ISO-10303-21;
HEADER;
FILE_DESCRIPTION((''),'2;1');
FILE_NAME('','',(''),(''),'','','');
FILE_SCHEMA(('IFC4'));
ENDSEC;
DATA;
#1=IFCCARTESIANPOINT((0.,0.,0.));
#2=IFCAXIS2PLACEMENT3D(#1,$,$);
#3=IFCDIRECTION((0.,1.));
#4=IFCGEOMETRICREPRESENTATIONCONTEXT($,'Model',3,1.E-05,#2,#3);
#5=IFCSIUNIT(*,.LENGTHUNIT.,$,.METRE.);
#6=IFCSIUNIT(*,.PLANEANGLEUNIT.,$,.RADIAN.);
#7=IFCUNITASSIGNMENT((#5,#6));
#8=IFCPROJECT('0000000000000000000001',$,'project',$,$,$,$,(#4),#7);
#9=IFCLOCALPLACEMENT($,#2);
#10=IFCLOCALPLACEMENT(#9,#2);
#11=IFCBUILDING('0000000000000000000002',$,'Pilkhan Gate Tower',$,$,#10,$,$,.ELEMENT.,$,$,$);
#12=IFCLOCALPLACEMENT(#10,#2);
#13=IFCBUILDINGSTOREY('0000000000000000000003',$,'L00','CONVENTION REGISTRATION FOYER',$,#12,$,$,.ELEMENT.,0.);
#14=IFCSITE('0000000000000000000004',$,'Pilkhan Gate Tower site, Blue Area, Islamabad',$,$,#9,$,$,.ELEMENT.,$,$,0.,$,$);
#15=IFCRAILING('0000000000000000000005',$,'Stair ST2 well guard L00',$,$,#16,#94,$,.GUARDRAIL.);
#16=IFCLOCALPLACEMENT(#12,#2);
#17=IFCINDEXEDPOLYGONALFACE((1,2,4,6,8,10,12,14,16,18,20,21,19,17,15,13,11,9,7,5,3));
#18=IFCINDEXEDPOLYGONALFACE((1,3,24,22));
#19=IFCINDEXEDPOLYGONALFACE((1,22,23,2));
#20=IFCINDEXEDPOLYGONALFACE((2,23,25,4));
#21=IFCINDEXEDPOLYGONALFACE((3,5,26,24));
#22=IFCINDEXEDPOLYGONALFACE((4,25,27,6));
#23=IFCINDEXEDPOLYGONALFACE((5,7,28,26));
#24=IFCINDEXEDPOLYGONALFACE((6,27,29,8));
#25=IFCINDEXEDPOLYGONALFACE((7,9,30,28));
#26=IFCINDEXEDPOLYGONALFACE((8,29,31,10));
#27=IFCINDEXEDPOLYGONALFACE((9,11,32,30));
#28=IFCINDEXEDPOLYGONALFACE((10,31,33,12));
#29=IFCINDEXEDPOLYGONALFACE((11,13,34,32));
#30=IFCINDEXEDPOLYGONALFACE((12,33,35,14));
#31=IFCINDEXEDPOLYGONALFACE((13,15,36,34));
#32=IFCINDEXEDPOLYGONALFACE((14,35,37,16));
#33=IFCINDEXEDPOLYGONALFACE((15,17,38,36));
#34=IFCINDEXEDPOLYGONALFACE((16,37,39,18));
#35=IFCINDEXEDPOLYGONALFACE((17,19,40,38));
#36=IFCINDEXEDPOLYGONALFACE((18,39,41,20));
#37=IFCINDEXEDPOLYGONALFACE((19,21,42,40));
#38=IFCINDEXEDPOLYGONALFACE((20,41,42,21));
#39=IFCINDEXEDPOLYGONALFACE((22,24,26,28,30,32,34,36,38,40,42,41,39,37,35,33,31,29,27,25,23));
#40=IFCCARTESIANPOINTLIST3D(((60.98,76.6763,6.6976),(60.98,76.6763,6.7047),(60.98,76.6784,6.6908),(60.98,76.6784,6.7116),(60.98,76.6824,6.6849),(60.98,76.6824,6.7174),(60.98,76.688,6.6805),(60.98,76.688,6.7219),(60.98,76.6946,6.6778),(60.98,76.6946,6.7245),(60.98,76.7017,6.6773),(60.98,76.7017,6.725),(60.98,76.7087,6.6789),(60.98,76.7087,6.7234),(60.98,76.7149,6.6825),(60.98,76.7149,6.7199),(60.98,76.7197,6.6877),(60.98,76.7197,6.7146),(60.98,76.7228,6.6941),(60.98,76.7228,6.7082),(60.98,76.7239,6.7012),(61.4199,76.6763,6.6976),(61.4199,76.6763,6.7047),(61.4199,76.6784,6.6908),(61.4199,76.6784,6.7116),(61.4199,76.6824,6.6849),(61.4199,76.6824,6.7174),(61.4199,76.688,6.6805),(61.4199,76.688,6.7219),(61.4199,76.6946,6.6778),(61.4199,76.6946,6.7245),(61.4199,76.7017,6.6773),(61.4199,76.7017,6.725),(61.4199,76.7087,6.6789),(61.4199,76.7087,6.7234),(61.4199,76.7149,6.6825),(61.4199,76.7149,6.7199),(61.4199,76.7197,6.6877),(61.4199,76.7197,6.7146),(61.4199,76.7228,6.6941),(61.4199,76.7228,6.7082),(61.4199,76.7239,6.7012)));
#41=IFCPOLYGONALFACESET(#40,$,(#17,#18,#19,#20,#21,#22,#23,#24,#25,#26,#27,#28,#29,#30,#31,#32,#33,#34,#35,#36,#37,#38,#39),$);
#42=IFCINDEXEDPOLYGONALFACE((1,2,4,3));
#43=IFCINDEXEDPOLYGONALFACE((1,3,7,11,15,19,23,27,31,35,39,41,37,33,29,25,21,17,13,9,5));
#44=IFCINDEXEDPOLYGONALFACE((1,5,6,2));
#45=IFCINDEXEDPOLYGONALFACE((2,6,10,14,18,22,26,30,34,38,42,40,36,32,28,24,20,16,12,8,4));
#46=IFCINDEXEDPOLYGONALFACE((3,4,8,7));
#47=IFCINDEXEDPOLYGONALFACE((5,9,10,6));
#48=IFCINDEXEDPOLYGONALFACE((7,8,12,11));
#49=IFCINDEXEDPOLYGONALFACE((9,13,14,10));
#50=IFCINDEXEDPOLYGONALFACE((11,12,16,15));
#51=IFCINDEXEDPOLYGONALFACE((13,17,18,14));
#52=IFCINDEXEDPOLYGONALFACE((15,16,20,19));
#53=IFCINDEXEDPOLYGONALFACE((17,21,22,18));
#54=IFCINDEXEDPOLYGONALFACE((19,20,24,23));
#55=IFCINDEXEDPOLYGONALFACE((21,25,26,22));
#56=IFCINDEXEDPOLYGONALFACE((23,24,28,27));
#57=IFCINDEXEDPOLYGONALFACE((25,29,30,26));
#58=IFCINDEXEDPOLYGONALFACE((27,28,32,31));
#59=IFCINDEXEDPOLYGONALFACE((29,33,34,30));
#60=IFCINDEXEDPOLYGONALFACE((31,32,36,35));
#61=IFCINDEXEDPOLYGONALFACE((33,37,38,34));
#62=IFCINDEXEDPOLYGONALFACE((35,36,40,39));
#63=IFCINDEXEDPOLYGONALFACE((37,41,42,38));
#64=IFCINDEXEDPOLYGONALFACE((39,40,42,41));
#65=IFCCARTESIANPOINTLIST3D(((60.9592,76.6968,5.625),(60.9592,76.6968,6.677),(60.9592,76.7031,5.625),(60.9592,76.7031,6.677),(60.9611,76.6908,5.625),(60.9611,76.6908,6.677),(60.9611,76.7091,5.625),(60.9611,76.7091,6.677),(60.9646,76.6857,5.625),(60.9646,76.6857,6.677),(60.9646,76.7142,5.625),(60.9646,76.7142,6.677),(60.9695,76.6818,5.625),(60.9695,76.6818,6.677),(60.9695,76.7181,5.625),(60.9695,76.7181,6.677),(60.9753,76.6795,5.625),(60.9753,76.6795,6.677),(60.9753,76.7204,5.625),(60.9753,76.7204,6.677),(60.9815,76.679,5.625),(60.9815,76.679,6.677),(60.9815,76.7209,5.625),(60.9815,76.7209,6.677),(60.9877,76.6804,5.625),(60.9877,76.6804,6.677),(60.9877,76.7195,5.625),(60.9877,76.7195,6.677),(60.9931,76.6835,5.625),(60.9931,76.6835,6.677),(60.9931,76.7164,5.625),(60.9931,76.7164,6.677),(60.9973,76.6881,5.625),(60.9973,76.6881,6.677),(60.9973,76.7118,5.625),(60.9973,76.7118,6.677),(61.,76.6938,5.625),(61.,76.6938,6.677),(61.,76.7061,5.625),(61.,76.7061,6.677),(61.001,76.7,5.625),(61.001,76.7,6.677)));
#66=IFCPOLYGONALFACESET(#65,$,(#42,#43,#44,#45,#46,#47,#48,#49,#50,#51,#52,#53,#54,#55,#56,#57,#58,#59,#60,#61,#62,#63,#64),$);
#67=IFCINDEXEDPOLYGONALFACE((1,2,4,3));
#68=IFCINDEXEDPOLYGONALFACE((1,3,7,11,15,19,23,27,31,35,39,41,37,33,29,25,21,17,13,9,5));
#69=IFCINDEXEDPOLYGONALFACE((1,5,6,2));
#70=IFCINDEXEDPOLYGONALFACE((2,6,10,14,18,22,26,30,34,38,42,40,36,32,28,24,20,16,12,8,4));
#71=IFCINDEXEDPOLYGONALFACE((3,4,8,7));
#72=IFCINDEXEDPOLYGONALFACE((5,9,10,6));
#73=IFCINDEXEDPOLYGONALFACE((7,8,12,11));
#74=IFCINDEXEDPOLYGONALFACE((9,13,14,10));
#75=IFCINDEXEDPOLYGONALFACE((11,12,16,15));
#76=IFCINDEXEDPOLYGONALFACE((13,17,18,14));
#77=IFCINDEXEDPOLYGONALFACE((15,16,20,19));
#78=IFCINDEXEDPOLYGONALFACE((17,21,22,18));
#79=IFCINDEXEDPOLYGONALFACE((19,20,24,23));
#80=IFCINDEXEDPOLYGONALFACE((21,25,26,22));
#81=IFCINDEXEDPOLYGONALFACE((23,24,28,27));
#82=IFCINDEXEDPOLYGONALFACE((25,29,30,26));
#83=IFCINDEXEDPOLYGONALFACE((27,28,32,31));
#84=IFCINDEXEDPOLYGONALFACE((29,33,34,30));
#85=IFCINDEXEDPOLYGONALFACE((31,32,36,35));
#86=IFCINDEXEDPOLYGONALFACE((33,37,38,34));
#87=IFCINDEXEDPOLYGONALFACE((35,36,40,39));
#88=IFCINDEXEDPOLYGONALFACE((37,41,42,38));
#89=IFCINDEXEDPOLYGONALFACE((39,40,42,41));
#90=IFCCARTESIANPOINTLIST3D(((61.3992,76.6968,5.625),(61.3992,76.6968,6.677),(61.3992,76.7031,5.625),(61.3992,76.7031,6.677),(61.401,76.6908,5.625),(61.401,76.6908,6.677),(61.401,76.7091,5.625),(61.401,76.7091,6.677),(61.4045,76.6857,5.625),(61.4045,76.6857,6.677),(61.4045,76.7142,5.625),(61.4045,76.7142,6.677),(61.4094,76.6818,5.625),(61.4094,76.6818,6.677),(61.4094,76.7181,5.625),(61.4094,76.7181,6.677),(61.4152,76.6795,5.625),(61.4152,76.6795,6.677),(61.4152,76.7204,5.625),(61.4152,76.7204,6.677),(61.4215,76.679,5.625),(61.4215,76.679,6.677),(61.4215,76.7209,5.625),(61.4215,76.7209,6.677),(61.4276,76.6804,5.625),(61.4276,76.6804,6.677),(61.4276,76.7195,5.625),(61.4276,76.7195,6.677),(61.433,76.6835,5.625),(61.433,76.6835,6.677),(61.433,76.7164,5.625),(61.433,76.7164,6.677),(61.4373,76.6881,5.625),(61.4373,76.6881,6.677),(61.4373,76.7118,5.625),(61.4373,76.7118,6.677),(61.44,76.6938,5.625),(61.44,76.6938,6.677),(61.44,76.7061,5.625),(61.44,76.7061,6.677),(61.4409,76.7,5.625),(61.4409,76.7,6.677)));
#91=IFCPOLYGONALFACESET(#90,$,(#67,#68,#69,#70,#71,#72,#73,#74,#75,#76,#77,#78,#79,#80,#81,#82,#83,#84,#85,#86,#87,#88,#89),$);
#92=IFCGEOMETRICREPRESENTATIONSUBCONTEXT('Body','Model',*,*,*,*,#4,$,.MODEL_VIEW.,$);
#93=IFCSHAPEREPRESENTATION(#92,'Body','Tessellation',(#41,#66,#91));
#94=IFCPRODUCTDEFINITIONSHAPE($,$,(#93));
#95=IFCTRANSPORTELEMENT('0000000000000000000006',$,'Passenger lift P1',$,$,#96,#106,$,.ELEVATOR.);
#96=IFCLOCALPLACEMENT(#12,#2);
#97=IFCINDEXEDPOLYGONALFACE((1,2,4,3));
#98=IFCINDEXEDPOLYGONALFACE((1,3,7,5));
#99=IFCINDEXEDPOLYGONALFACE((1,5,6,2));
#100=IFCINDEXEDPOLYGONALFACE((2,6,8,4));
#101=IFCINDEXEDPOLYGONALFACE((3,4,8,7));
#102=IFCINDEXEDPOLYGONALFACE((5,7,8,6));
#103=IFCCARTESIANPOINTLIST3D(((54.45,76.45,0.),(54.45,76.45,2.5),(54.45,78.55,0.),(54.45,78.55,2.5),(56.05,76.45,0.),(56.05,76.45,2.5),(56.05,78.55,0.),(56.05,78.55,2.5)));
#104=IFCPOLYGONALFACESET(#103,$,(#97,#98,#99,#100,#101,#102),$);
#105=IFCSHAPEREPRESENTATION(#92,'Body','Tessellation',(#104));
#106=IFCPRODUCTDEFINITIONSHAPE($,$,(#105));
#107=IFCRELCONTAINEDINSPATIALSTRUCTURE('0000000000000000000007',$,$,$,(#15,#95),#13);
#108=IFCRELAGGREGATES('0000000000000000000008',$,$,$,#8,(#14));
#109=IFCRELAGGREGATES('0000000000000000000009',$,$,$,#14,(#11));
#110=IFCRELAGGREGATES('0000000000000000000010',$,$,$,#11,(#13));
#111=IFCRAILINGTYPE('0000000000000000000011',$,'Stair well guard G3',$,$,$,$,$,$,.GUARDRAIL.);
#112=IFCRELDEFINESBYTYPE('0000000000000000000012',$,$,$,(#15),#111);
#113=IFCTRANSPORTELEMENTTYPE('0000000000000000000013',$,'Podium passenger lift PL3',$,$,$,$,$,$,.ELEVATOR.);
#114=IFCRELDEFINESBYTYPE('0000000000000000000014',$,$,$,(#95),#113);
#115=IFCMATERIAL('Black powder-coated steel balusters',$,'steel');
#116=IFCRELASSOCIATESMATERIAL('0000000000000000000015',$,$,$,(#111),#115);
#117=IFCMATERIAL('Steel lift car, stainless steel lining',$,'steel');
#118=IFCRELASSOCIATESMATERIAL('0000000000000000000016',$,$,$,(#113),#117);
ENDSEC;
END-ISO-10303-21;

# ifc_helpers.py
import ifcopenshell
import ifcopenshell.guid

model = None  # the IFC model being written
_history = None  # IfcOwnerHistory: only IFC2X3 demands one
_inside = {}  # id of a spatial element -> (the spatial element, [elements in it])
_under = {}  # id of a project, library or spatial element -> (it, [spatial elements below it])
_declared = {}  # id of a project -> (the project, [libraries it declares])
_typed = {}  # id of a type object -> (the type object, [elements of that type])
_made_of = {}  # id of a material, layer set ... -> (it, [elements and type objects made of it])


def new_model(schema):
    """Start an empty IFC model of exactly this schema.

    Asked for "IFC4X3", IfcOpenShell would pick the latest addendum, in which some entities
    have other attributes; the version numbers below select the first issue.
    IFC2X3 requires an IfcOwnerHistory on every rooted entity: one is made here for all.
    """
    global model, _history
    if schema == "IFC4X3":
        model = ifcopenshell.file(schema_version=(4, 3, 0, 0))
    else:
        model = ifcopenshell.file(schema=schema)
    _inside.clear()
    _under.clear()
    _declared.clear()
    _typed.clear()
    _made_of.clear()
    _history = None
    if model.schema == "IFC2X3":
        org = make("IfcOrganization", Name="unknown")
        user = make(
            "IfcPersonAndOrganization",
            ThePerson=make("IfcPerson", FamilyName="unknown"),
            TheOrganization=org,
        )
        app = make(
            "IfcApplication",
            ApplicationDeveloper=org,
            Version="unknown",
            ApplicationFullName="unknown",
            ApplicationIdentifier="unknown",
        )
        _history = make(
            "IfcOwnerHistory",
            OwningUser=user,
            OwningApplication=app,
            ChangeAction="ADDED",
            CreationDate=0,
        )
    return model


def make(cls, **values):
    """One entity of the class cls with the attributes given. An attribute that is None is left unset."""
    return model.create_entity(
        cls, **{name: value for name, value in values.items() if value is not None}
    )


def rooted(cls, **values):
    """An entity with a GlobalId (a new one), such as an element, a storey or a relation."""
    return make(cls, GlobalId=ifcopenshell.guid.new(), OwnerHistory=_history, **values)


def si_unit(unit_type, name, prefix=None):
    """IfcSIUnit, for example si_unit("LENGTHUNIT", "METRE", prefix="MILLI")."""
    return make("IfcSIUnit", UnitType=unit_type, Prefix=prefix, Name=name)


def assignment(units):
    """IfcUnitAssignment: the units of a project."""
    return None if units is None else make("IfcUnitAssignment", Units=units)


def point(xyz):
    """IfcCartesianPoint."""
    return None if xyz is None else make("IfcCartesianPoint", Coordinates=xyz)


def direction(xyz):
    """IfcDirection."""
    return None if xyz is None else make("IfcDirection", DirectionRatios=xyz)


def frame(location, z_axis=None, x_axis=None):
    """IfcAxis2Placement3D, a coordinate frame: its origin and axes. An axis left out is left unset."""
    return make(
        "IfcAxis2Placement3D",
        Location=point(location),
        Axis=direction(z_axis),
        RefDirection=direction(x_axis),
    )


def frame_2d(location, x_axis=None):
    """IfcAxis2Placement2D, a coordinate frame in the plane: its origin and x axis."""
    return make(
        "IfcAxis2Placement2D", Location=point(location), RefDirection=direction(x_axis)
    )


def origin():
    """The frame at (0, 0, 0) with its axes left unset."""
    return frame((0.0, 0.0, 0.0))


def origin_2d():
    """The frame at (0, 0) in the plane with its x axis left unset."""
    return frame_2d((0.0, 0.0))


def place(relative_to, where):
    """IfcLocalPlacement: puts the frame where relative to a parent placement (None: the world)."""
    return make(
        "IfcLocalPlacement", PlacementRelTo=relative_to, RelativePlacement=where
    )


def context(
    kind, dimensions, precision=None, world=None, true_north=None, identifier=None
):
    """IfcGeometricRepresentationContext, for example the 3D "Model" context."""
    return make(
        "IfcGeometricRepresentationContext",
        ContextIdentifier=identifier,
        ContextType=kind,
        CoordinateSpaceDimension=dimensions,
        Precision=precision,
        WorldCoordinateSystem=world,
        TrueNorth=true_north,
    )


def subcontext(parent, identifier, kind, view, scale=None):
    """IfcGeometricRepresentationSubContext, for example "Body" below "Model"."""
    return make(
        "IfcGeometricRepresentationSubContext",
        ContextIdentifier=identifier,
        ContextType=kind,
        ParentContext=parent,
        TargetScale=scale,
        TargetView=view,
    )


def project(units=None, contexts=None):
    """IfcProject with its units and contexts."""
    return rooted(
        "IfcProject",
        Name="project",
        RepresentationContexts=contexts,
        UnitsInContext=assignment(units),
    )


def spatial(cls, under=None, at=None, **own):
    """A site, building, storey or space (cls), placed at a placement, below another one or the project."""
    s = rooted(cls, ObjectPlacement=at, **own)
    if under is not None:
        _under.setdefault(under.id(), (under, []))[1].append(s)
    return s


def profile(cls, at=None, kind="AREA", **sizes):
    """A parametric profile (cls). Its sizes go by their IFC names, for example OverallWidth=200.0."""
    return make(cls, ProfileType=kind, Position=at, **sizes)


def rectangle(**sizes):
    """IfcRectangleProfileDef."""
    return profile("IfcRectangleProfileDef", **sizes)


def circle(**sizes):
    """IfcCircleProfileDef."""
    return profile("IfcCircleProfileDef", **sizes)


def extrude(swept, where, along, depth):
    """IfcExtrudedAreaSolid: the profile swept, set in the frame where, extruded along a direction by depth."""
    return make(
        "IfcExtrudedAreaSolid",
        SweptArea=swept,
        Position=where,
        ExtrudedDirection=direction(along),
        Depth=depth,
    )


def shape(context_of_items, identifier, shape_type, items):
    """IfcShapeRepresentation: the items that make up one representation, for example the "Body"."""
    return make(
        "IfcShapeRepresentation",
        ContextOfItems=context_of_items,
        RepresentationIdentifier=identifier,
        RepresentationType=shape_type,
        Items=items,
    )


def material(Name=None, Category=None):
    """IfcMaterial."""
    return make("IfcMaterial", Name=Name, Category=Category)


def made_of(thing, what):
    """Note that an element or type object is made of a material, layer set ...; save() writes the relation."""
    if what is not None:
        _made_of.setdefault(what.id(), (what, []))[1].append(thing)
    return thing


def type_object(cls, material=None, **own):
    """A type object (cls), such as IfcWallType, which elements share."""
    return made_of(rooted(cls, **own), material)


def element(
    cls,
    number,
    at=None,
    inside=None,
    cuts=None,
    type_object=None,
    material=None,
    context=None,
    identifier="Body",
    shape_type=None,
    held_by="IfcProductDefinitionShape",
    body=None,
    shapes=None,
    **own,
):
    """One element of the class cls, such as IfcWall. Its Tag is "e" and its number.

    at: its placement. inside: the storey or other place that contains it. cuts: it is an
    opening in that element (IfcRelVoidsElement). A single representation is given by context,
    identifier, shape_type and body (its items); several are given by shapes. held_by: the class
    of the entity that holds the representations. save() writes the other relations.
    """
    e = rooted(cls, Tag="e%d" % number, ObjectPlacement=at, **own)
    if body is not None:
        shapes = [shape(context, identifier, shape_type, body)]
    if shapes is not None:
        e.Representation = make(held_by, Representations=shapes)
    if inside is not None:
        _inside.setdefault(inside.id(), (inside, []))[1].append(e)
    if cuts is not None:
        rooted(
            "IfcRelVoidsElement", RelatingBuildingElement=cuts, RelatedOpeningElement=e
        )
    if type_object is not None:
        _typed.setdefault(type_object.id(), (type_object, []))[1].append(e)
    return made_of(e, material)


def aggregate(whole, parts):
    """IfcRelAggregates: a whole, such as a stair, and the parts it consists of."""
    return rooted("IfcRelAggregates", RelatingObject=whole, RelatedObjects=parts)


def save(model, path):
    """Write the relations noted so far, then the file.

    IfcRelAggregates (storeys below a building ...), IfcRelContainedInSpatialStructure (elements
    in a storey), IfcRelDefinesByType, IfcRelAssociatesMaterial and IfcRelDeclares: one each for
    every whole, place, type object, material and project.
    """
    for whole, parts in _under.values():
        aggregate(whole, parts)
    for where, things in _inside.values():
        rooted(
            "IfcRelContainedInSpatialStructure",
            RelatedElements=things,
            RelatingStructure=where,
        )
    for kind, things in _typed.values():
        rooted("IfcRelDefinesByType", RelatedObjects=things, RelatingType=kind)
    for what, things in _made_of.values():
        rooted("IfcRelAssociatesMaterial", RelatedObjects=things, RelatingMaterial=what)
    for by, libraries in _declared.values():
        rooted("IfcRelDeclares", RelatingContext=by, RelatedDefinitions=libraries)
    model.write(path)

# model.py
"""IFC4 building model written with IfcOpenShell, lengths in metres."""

from ifc_helpers import new_model, si_unit, direction, frame, origin, origin_2d, place, context, subcontext, project, spatial, rectangle, circle, extrude, material, type_object, element, save


model = new_model("IFC4")

# Units and contexts
model_context = context("Model", 3, precision=1e-05, world=origin(), true_north=direction((0.0, 1.0)))
body_context = subcontext(model_context, "Body", "Model", "MODEL_VIEW")
ifc_project = project(units=[si_unit("LENGTHUNIT", "METRE"), si_unit("PLANEANGLEUNIT", "RADIAN")], contexts=[model_context])

# Site, building, storey
site_placement = place(None, origin())
site = spatial("IfcSite", under=ifc_project, at=site_placement, Name="Pilkhan Gate Tower site, Blue Area, Islamabad", CompositionType="ELEMENT", RefElevation=0.0)
building_placement = place(site_placement, origin())
building = spatial("IfcBuilding", under=site, at=building_placement, Name="Pilkhan Gate Tower", CompositionType="ELEMENT")
storey_placement = place(building_placement, origin())
storey = spatial("IfcBuildingStorey", under=building, at=storey_placement, Name="L00", Description="CONVENTION REGISTRATION FOYER", CompositionType="ELEMENT", Elevation=0.0)

# Railing
ifc_material_1 = material(Name="Black powder-coated steel balusters", Category="steel")
railing_type = type_object("IfcRailingType", Name="Stair well guard G3", PredefinedType="GUARDRAIL", material=ifc_material_1)
for number, where, name in (
    (1, (60.98, 76.7, 5.625), "Stair ST2 well guard L00"),
):
    element("IfcRailing", number, at=place(storey_placement, frame(where)), inside=storey, type_object=railing_type, Name=name, PredefinedType="GUARDRAIL", context=body_context, shape_type="SweptSolid", body=[
        extrude(circle(Radius=0.0239, at=origin_2d()), frame((0.0, 0.0, 1.0762), z_axis=(1.0, 0.0, 0.0), x_axis=(0.0, 1.0, 0.0)), (0.0, 0.0, 1.0), 0.4399),
        extrude(circle(Radius=0.021, at=origin_2d()), origin(), (0.0, 0.0, 1.0), 1.052),
        extrude(circle(Radius=0.021, at=origin_2d()), frame((0.4399, 0.0, 0.0)), (0.0, 0.0, 1.0), 1.052),
    ])

# Transport element
ifc_material_2 = material(Name="Steel lift car, stainless steel lining", Category="steel")
transport_element_type = type_object("IfcTransportElementType", Name="Podium passenger lift PL3", PredefinedType="ELEVATOR", material=ifc_material_2)
transport_element_placement = place(storey_placement, frame((55.25, 77.5, 0.0), z_axis=(0.0, 0.0, 1.0), x_axis=(1.0, 0.0, 0.0)))
element("IfcTransportElement", 2, at=transport_element_placement, inside=storey, type_object=transport_element_type, Name="Passenger lift P1", PredefinedType="ELEVATOR", context=body_context, shape_type="SweptSolid", body=[
    extrude(rectangle(XDim=1.6001, YDim=2.1001, at=origin_2d()), origin(), (0.0, 0.0, 1.0), 2.5),
])

save(model, "model.ifc")
